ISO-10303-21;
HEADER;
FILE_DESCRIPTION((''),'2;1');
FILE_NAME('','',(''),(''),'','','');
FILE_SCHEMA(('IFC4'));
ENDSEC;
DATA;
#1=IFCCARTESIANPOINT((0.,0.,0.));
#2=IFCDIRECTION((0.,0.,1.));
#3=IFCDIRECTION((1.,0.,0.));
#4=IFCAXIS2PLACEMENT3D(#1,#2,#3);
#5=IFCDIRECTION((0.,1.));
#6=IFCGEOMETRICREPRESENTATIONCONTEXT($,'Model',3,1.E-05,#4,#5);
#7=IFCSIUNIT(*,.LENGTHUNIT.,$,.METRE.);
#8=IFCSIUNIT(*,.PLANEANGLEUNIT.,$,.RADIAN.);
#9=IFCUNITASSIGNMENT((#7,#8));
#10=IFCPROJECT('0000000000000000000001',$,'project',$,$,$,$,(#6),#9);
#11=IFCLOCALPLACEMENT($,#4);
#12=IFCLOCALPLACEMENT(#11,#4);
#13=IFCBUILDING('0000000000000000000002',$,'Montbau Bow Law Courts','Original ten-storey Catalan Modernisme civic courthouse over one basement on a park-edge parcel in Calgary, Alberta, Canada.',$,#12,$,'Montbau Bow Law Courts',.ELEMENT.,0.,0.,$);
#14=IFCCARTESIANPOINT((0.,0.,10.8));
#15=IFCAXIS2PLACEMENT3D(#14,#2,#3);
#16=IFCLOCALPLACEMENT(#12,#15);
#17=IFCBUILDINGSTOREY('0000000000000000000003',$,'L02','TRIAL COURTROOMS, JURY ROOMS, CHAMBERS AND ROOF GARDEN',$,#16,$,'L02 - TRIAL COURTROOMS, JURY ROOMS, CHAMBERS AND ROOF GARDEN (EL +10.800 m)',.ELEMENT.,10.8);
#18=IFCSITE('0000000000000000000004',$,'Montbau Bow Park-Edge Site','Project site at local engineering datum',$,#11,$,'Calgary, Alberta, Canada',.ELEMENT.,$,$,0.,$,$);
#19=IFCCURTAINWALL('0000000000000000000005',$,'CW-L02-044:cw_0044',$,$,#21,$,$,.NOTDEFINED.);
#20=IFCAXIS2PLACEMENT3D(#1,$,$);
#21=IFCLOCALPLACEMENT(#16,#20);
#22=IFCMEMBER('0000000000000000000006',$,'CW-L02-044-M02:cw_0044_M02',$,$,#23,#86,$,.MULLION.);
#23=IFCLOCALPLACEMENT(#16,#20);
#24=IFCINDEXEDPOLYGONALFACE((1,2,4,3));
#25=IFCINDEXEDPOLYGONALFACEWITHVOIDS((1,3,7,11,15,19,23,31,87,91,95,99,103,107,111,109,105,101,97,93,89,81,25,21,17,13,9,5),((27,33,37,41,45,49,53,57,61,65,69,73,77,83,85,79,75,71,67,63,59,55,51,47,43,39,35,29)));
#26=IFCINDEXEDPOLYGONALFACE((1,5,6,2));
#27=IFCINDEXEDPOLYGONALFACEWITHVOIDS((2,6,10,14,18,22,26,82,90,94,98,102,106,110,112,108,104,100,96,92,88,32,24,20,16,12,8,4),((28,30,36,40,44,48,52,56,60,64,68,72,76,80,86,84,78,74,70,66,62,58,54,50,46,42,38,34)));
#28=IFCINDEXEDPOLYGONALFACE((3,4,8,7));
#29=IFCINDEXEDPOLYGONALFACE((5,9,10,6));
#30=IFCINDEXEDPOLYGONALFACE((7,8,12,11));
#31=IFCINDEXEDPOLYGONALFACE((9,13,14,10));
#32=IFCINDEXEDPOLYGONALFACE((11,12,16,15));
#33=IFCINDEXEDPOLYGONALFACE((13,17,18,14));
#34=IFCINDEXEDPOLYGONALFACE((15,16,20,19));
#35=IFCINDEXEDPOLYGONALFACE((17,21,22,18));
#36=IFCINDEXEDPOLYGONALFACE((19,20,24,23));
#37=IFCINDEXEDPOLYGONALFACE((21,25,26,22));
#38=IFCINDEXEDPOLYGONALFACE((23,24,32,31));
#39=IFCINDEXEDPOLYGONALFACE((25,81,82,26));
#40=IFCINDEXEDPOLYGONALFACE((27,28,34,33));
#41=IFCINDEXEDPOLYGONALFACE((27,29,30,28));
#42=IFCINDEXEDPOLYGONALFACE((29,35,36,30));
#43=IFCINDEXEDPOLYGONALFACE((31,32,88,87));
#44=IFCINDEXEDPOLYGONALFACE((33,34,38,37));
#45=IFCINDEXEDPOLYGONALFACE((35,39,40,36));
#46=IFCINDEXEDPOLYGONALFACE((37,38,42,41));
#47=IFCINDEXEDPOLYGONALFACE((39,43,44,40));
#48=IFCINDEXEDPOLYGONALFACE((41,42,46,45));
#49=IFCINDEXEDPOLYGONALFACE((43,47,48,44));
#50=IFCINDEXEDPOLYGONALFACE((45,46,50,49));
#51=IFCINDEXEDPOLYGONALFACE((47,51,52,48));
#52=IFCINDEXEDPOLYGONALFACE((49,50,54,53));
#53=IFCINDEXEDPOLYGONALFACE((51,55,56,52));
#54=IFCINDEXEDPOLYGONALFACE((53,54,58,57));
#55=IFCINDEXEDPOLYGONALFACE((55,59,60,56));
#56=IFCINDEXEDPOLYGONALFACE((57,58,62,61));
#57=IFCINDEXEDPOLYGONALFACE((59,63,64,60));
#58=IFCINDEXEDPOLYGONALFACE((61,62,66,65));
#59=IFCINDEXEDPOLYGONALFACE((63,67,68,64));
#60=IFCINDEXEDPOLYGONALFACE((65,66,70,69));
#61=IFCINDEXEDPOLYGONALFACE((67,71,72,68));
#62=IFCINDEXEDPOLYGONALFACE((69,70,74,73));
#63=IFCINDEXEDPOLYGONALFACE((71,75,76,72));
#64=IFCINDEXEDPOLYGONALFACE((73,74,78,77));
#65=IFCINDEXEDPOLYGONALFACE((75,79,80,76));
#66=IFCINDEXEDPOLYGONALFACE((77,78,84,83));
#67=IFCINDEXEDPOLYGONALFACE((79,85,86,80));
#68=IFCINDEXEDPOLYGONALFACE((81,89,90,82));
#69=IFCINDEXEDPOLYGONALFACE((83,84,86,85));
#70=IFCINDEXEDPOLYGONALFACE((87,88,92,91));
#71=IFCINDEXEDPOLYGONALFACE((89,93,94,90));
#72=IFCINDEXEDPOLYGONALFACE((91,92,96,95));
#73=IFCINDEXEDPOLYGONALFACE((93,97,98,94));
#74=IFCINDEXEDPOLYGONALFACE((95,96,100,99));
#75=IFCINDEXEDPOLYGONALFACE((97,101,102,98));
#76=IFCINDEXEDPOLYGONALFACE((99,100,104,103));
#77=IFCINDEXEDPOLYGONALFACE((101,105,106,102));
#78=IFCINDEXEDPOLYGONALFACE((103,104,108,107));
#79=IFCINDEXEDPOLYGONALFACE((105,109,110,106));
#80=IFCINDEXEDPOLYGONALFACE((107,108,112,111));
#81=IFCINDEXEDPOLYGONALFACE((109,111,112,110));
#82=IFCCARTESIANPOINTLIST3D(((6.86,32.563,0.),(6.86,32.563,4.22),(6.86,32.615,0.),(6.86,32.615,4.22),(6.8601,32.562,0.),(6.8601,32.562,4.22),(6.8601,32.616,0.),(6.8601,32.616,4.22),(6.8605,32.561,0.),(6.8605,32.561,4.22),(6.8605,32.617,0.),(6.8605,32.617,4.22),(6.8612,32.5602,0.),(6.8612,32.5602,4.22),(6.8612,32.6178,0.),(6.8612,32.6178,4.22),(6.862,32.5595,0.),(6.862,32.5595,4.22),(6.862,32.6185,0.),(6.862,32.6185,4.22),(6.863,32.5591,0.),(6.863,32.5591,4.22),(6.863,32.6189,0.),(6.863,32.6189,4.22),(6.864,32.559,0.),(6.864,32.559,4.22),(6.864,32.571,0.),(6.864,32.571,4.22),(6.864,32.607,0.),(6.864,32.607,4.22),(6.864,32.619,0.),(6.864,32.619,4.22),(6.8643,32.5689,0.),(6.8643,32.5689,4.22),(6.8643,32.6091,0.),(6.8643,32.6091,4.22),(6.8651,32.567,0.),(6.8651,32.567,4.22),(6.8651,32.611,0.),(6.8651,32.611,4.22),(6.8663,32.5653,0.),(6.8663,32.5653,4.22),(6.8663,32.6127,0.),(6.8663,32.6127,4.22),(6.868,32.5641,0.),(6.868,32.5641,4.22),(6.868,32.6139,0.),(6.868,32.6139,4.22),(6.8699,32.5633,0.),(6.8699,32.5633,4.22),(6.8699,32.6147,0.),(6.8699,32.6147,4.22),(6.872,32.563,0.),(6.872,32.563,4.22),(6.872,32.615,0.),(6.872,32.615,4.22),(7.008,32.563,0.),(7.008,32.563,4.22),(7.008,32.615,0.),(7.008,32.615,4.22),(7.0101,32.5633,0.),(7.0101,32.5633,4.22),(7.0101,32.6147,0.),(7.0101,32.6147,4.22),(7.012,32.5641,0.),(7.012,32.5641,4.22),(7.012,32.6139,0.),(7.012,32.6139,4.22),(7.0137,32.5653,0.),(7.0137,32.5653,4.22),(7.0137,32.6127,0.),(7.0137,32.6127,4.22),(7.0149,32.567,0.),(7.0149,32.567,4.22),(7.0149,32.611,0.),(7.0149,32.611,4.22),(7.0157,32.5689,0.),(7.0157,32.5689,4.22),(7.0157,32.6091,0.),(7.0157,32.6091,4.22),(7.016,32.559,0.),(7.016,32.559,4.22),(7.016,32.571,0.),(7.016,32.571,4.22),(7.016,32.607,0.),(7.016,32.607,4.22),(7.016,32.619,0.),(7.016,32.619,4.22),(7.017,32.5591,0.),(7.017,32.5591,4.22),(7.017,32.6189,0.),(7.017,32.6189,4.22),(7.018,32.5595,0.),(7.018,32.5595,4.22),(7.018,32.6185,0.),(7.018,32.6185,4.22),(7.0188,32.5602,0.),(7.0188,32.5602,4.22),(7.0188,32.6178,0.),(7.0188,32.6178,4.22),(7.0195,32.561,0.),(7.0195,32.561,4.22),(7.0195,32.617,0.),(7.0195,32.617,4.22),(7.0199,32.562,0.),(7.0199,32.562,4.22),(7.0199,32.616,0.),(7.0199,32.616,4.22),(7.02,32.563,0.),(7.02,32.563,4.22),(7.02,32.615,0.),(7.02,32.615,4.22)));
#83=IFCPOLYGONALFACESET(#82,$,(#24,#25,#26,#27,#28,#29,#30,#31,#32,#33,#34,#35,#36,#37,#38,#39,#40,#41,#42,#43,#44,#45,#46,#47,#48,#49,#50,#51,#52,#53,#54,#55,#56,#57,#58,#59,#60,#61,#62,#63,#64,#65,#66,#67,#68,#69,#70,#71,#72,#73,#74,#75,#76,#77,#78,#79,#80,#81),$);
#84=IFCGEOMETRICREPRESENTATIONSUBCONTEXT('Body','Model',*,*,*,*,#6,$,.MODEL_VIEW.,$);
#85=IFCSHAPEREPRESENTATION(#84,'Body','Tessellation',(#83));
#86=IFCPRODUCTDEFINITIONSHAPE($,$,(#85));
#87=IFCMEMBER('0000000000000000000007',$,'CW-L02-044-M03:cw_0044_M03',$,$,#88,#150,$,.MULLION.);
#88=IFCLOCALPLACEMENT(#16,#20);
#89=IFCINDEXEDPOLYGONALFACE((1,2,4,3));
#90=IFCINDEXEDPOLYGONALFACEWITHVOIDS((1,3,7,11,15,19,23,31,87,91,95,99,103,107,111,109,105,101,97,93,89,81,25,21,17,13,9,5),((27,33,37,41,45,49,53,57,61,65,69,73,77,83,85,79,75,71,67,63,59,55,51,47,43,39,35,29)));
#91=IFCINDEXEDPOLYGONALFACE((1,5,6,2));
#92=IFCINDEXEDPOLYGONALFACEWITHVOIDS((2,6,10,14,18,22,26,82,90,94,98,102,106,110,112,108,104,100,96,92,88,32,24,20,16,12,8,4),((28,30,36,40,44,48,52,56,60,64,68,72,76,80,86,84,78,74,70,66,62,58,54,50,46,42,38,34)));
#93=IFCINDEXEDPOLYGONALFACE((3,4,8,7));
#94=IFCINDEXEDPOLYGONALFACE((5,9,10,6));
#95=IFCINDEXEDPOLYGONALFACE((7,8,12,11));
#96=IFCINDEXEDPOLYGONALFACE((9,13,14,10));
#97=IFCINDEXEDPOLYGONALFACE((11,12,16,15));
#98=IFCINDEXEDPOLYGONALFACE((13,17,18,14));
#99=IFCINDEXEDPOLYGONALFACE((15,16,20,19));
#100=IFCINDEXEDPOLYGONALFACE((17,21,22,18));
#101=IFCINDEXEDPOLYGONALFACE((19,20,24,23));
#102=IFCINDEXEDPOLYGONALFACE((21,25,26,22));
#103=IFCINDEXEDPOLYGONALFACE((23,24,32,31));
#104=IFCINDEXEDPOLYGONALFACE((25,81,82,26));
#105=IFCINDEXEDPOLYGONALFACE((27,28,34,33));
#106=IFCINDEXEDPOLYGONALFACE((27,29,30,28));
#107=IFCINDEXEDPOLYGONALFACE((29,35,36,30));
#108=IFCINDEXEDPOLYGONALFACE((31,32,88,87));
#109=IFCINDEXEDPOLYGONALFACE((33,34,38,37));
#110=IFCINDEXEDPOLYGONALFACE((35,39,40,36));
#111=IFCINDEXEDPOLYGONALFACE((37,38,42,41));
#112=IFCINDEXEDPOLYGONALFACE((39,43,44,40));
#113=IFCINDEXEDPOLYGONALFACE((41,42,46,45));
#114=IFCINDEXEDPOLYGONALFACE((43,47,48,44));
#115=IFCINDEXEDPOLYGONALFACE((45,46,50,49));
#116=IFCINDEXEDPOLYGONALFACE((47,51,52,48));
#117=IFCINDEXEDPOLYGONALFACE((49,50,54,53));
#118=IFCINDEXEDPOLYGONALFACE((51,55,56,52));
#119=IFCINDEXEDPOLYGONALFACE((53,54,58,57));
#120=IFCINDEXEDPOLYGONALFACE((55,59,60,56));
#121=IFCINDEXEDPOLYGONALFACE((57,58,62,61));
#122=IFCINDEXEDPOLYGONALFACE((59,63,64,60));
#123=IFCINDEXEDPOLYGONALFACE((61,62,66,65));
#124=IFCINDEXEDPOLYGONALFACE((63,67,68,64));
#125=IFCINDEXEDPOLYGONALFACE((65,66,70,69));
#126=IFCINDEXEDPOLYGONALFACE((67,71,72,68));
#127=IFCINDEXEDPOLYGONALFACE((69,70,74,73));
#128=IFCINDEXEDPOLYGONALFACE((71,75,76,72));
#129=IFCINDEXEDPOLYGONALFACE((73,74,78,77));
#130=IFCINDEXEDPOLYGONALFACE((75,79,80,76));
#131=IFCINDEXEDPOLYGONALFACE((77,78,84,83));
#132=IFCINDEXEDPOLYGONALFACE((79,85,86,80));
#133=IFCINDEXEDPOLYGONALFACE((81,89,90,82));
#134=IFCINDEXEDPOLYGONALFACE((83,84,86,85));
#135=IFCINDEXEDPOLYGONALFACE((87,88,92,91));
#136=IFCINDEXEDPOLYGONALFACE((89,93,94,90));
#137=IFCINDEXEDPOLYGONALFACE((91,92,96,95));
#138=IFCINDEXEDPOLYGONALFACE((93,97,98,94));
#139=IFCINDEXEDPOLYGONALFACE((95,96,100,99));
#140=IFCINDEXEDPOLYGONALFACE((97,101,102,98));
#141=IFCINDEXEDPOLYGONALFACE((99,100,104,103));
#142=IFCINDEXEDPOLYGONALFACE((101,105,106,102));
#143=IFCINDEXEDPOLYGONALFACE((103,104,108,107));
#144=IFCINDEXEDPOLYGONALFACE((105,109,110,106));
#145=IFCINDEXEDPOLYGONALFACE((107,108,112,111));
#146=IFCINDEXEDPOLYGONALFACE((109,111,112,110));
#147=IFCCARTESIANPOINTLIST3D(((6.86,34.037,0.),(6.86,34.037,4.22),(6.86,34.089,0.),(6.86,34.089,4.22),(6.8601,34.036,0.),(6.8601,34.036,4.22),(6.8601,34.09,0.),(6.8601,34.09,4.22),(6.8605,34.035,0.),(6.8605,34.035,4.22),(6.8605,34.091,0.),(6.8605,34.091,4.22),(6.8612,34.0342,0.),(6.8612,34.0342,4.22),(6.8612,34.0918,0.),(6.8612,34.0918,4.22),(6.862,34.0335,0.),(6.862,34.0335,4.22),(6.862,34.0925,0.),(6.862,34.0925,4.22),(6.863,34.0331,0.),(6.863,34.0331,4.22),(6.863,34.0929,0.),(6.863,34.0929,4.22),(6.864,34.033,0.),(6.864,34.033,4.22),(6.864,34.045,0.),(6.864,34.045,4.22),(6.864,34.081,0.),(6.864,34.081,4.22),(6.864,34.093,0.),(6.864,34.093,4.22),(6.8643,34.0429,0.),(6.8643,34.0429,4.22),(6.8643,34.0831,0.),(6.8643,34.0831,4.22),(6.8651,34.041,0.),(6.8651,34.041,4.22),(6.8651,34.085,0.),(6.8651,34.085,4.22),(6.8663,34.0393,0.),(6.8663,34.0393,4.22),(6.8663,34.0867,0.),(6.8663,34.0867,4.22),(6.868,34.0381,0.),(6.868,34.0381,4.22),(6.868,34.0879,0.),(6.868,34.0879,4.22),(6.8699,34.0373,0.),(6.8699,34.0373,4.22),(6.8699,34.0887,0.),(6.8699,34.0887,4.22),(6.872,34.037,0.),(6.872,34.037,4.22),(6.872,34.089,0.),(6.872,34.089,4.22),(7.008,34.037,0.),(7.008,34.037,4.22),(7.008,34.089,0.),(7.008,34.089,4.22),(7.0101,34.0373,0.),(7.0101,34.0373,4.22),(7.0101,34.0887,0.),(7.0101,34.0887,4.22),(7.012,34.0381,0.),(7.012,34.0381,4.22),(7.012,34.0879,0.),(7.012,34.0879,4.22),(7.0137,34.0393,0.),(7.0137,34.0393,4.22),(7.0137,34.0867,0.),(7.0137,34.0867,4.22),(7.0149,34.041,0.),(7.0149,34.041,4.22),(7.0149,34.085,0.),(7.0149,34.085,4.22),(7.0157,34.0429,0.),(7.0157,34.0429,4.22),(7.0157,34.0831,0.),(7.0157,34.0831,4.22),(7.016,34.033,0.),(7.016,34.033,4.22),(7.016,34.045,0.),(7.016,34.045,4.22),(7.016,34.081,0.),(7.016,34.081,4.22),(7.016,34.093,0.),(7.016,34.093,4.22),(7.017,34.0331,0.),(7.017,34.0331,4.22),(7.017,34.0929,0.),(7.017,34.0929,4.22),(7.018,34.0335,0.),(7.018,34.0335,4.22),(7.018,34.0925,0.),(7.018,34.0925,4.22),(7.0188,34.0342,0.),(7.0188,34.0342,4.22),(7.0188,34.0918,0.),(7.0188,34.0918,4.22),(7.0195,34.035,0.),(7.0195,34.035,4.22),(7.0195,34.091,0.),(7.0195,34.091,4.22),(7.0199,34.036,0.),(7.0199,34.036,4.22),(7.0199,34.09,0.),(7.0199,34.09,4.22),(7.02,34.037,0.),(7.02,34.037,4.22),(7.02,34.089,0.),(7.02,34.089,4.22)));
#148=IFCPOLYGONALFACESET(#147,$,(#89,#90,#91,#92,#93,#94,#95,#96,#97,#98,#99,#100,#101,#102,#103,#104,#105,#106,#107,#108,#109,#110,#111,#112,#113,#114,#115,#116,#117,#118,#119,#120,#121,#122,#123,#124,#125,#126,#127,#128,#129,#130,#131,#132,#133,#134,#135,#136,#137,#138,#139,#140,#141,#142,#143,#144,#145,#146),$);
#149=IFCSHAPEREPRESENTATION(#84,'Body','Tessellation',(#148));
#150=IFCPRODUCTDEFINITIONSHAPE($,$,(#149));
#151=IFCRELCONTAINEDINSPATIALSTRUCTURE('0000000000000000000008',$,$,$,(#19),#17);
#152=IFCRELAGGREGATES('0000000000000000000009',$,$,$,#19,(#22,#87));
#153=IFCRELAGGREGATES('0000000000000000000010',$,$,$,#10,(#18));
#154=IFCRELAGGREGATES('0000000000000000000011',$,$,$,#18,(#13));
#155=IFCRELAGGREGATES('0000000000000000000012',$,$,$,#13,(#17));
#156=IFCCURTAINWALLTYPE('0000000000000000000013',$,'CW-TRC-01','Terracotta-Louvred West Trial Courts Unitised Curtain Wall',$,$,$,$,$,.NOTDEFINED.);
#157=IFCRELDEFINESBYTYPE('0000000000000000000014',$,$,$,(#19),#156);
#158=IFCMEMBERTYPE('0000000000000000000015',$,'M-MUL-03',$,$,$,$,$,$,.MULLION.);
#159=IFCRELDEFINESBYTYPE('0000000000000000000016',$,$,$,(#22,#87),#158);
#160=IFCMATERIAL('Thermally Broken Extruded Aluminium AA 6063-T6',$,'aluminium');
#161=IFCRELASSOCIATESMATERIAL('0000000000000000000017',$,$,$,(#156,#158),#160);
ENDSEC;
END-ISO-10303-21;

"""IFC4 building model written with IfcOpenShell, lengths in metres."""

from ifc_helpers import new_model, si_unit, direction, frame, origin_with_axes, origin_2d_with_axis, place, context, subcontext, project, spatial, hollow_rectangle, extrude, material, material_profile, profile_set, type_object, element, aggregate, save


model = new_model("IFC4")

# Units and contexts
model_context = context("Model", 3, precision=1e-05, world=origin_with_axes(), true_north=direction((0.0, 1.0)))
body_context = subcontext(model_context, "Body", "Model", "MODEL_VIEW")
ifc_project = project(units=[si_unit("LENGTHUNIT", "METRE"), si_unit("PLANEANGLEUNIT", "RADIAN")], contexts=[model_context])

# Site, building, storey
site_placement = place(None, origin_with_axes())
site = spatial("IfcSite", under=ifc_project, at=site_placement, Name="Montbau Bow Park-Edge Site", Description="Project site at local engineering datum", LongName="Calgary, Alberta, Canada", CompositionType="ELEMENT", RefElevation=0.0)
building_placement = place(site_placement, origin_with_axes())
building = spatial("IfcBuilding", under=site, at=building_placement, Name="Montbau Bow Law Courts", Description="Original ten-storey Catalan Modernisme civic courthouse over one basement on a park-edge parcel in Calgary, Alberta, Canada.", LongName="Montbau Bow Law Courts", CompositionType="ELEMENT", ElevationOfRefHeight=0.0, ElevationOfTerrain=0.0)
storey_placement = place(building_placement, frame((0.0, 0.0, 10.8), z_axis=(0.0, 0.0, 1.0), x_axis=(1.0, 0.0, 0.0)))
storey = spatial("IfcBuildingStorey", under=building, at=storey_placement, Name="L02", Description="TRIAL COURTROOMS, JURY ROOMS, CHAMBERS AND ROOF GARDEN", LongName="L02 - TRIAL COURTROOMS, JURY ROOMS, CHAMBERS AND ROOF GARDEN (EL +10.800 m)", CompositionType="ELEMENT", Elevation=10.8)

# Curtain wall, members
ifc_material_1 = material(Name="Thermally Broken Extruded Aluminium AA 6063-T6", Category="aluminium")
curtain_wall_type = type_object("IfcCurtainWallType", Name="CW-TRC-01", Description="Terracotta-Louvred West Trial Courts Unitised Curtain Wall", PredefinedType="NOTDEFINED", material=ifc_material_1)
curtain_wall_placement = place(None, frame((6.94, 31.115, 10.8), z_axis=(0.0, 0.0, 1.0), x_axis=(1.0, 0.0, 0.0)))
curtain_wall = element("IfcCurtainWall", 1, at=curtain_wall_placement, inside=storey, type_object=curtain_wall_type, Name="CW-L02-044:cw_0044", PredefinedType="NOTDEFINED")
ifc_material_profile_1 = material_profile(ifc_material_1, hollow_rectangle(XDim=0.06, YDim=0.16, WallThickness=0.004, InnerFilletRadius=0.008, OuterFilletRadius=0.004, at=origin_2d_with_axis()), Name="CWM-160X60", Category="Main", Priority=0)
ifc_profile_set_1 = profile_set([ifc_material_profile_1], Name="Thermally Broken Extruded Aluminium AA 6063-T6")
member_type_1 = type_object("IfcMemberType", Name="M-MUL-03", PredefinedType="MULLION", material=ifc_profile_set_1)
member_1_placement = place(None, frame((6.94, 32.589, 10.8), z_axis=(0.0, 0.0, 1.0), x_axis=(0.0, 1.0, 0.0)))
member_1 = element("IfcMember", 2, at=member_1_placement, type_object=member_type_1, Name="CW-L02-044-M02:cw_0044_M02", PredefinedType="MULLION", context=body_context, shape_type="SweptSolid", body=[
    extrude(hollow_rectangle(XDim=0.06, YDim=0.16, WallThickness=0.004, InnerFilletRadius=0.008, OuterFilletRadius=0.004, at=origin_2d_with_axis()), origin_with_axes(), (0.0, 0.0, 1.0), 4.22),
])
member_2_placement = place(None, frame((6.94, 34.063, 10.8), z_axis=(0.0, 0.0, 1.0), x_axis=(0.0, 1.0, 0.0)))
member_2 = element("IfcMember", 3, at=member_2_placement, type_object=member_type_1, Name="CW-L02-044-M03:cw_0044_M03", PredefinedType="MULLION", context=body_context, shape_type="SweptSolid", body=[
    extrude(hollow_rectangle(XDim=0.06, YDim=0.16, WallThickness=0.004, InnerFilletRadius=0.008, OuterFilletRadius=0.004, at=origin_2d_with_axis()), origin_with_axes(), (0.0, 0.0, 1.0), 4.22),
])
aggregate(curtain_wall, [member_1, member_2])

save(model, "model.ifc")
